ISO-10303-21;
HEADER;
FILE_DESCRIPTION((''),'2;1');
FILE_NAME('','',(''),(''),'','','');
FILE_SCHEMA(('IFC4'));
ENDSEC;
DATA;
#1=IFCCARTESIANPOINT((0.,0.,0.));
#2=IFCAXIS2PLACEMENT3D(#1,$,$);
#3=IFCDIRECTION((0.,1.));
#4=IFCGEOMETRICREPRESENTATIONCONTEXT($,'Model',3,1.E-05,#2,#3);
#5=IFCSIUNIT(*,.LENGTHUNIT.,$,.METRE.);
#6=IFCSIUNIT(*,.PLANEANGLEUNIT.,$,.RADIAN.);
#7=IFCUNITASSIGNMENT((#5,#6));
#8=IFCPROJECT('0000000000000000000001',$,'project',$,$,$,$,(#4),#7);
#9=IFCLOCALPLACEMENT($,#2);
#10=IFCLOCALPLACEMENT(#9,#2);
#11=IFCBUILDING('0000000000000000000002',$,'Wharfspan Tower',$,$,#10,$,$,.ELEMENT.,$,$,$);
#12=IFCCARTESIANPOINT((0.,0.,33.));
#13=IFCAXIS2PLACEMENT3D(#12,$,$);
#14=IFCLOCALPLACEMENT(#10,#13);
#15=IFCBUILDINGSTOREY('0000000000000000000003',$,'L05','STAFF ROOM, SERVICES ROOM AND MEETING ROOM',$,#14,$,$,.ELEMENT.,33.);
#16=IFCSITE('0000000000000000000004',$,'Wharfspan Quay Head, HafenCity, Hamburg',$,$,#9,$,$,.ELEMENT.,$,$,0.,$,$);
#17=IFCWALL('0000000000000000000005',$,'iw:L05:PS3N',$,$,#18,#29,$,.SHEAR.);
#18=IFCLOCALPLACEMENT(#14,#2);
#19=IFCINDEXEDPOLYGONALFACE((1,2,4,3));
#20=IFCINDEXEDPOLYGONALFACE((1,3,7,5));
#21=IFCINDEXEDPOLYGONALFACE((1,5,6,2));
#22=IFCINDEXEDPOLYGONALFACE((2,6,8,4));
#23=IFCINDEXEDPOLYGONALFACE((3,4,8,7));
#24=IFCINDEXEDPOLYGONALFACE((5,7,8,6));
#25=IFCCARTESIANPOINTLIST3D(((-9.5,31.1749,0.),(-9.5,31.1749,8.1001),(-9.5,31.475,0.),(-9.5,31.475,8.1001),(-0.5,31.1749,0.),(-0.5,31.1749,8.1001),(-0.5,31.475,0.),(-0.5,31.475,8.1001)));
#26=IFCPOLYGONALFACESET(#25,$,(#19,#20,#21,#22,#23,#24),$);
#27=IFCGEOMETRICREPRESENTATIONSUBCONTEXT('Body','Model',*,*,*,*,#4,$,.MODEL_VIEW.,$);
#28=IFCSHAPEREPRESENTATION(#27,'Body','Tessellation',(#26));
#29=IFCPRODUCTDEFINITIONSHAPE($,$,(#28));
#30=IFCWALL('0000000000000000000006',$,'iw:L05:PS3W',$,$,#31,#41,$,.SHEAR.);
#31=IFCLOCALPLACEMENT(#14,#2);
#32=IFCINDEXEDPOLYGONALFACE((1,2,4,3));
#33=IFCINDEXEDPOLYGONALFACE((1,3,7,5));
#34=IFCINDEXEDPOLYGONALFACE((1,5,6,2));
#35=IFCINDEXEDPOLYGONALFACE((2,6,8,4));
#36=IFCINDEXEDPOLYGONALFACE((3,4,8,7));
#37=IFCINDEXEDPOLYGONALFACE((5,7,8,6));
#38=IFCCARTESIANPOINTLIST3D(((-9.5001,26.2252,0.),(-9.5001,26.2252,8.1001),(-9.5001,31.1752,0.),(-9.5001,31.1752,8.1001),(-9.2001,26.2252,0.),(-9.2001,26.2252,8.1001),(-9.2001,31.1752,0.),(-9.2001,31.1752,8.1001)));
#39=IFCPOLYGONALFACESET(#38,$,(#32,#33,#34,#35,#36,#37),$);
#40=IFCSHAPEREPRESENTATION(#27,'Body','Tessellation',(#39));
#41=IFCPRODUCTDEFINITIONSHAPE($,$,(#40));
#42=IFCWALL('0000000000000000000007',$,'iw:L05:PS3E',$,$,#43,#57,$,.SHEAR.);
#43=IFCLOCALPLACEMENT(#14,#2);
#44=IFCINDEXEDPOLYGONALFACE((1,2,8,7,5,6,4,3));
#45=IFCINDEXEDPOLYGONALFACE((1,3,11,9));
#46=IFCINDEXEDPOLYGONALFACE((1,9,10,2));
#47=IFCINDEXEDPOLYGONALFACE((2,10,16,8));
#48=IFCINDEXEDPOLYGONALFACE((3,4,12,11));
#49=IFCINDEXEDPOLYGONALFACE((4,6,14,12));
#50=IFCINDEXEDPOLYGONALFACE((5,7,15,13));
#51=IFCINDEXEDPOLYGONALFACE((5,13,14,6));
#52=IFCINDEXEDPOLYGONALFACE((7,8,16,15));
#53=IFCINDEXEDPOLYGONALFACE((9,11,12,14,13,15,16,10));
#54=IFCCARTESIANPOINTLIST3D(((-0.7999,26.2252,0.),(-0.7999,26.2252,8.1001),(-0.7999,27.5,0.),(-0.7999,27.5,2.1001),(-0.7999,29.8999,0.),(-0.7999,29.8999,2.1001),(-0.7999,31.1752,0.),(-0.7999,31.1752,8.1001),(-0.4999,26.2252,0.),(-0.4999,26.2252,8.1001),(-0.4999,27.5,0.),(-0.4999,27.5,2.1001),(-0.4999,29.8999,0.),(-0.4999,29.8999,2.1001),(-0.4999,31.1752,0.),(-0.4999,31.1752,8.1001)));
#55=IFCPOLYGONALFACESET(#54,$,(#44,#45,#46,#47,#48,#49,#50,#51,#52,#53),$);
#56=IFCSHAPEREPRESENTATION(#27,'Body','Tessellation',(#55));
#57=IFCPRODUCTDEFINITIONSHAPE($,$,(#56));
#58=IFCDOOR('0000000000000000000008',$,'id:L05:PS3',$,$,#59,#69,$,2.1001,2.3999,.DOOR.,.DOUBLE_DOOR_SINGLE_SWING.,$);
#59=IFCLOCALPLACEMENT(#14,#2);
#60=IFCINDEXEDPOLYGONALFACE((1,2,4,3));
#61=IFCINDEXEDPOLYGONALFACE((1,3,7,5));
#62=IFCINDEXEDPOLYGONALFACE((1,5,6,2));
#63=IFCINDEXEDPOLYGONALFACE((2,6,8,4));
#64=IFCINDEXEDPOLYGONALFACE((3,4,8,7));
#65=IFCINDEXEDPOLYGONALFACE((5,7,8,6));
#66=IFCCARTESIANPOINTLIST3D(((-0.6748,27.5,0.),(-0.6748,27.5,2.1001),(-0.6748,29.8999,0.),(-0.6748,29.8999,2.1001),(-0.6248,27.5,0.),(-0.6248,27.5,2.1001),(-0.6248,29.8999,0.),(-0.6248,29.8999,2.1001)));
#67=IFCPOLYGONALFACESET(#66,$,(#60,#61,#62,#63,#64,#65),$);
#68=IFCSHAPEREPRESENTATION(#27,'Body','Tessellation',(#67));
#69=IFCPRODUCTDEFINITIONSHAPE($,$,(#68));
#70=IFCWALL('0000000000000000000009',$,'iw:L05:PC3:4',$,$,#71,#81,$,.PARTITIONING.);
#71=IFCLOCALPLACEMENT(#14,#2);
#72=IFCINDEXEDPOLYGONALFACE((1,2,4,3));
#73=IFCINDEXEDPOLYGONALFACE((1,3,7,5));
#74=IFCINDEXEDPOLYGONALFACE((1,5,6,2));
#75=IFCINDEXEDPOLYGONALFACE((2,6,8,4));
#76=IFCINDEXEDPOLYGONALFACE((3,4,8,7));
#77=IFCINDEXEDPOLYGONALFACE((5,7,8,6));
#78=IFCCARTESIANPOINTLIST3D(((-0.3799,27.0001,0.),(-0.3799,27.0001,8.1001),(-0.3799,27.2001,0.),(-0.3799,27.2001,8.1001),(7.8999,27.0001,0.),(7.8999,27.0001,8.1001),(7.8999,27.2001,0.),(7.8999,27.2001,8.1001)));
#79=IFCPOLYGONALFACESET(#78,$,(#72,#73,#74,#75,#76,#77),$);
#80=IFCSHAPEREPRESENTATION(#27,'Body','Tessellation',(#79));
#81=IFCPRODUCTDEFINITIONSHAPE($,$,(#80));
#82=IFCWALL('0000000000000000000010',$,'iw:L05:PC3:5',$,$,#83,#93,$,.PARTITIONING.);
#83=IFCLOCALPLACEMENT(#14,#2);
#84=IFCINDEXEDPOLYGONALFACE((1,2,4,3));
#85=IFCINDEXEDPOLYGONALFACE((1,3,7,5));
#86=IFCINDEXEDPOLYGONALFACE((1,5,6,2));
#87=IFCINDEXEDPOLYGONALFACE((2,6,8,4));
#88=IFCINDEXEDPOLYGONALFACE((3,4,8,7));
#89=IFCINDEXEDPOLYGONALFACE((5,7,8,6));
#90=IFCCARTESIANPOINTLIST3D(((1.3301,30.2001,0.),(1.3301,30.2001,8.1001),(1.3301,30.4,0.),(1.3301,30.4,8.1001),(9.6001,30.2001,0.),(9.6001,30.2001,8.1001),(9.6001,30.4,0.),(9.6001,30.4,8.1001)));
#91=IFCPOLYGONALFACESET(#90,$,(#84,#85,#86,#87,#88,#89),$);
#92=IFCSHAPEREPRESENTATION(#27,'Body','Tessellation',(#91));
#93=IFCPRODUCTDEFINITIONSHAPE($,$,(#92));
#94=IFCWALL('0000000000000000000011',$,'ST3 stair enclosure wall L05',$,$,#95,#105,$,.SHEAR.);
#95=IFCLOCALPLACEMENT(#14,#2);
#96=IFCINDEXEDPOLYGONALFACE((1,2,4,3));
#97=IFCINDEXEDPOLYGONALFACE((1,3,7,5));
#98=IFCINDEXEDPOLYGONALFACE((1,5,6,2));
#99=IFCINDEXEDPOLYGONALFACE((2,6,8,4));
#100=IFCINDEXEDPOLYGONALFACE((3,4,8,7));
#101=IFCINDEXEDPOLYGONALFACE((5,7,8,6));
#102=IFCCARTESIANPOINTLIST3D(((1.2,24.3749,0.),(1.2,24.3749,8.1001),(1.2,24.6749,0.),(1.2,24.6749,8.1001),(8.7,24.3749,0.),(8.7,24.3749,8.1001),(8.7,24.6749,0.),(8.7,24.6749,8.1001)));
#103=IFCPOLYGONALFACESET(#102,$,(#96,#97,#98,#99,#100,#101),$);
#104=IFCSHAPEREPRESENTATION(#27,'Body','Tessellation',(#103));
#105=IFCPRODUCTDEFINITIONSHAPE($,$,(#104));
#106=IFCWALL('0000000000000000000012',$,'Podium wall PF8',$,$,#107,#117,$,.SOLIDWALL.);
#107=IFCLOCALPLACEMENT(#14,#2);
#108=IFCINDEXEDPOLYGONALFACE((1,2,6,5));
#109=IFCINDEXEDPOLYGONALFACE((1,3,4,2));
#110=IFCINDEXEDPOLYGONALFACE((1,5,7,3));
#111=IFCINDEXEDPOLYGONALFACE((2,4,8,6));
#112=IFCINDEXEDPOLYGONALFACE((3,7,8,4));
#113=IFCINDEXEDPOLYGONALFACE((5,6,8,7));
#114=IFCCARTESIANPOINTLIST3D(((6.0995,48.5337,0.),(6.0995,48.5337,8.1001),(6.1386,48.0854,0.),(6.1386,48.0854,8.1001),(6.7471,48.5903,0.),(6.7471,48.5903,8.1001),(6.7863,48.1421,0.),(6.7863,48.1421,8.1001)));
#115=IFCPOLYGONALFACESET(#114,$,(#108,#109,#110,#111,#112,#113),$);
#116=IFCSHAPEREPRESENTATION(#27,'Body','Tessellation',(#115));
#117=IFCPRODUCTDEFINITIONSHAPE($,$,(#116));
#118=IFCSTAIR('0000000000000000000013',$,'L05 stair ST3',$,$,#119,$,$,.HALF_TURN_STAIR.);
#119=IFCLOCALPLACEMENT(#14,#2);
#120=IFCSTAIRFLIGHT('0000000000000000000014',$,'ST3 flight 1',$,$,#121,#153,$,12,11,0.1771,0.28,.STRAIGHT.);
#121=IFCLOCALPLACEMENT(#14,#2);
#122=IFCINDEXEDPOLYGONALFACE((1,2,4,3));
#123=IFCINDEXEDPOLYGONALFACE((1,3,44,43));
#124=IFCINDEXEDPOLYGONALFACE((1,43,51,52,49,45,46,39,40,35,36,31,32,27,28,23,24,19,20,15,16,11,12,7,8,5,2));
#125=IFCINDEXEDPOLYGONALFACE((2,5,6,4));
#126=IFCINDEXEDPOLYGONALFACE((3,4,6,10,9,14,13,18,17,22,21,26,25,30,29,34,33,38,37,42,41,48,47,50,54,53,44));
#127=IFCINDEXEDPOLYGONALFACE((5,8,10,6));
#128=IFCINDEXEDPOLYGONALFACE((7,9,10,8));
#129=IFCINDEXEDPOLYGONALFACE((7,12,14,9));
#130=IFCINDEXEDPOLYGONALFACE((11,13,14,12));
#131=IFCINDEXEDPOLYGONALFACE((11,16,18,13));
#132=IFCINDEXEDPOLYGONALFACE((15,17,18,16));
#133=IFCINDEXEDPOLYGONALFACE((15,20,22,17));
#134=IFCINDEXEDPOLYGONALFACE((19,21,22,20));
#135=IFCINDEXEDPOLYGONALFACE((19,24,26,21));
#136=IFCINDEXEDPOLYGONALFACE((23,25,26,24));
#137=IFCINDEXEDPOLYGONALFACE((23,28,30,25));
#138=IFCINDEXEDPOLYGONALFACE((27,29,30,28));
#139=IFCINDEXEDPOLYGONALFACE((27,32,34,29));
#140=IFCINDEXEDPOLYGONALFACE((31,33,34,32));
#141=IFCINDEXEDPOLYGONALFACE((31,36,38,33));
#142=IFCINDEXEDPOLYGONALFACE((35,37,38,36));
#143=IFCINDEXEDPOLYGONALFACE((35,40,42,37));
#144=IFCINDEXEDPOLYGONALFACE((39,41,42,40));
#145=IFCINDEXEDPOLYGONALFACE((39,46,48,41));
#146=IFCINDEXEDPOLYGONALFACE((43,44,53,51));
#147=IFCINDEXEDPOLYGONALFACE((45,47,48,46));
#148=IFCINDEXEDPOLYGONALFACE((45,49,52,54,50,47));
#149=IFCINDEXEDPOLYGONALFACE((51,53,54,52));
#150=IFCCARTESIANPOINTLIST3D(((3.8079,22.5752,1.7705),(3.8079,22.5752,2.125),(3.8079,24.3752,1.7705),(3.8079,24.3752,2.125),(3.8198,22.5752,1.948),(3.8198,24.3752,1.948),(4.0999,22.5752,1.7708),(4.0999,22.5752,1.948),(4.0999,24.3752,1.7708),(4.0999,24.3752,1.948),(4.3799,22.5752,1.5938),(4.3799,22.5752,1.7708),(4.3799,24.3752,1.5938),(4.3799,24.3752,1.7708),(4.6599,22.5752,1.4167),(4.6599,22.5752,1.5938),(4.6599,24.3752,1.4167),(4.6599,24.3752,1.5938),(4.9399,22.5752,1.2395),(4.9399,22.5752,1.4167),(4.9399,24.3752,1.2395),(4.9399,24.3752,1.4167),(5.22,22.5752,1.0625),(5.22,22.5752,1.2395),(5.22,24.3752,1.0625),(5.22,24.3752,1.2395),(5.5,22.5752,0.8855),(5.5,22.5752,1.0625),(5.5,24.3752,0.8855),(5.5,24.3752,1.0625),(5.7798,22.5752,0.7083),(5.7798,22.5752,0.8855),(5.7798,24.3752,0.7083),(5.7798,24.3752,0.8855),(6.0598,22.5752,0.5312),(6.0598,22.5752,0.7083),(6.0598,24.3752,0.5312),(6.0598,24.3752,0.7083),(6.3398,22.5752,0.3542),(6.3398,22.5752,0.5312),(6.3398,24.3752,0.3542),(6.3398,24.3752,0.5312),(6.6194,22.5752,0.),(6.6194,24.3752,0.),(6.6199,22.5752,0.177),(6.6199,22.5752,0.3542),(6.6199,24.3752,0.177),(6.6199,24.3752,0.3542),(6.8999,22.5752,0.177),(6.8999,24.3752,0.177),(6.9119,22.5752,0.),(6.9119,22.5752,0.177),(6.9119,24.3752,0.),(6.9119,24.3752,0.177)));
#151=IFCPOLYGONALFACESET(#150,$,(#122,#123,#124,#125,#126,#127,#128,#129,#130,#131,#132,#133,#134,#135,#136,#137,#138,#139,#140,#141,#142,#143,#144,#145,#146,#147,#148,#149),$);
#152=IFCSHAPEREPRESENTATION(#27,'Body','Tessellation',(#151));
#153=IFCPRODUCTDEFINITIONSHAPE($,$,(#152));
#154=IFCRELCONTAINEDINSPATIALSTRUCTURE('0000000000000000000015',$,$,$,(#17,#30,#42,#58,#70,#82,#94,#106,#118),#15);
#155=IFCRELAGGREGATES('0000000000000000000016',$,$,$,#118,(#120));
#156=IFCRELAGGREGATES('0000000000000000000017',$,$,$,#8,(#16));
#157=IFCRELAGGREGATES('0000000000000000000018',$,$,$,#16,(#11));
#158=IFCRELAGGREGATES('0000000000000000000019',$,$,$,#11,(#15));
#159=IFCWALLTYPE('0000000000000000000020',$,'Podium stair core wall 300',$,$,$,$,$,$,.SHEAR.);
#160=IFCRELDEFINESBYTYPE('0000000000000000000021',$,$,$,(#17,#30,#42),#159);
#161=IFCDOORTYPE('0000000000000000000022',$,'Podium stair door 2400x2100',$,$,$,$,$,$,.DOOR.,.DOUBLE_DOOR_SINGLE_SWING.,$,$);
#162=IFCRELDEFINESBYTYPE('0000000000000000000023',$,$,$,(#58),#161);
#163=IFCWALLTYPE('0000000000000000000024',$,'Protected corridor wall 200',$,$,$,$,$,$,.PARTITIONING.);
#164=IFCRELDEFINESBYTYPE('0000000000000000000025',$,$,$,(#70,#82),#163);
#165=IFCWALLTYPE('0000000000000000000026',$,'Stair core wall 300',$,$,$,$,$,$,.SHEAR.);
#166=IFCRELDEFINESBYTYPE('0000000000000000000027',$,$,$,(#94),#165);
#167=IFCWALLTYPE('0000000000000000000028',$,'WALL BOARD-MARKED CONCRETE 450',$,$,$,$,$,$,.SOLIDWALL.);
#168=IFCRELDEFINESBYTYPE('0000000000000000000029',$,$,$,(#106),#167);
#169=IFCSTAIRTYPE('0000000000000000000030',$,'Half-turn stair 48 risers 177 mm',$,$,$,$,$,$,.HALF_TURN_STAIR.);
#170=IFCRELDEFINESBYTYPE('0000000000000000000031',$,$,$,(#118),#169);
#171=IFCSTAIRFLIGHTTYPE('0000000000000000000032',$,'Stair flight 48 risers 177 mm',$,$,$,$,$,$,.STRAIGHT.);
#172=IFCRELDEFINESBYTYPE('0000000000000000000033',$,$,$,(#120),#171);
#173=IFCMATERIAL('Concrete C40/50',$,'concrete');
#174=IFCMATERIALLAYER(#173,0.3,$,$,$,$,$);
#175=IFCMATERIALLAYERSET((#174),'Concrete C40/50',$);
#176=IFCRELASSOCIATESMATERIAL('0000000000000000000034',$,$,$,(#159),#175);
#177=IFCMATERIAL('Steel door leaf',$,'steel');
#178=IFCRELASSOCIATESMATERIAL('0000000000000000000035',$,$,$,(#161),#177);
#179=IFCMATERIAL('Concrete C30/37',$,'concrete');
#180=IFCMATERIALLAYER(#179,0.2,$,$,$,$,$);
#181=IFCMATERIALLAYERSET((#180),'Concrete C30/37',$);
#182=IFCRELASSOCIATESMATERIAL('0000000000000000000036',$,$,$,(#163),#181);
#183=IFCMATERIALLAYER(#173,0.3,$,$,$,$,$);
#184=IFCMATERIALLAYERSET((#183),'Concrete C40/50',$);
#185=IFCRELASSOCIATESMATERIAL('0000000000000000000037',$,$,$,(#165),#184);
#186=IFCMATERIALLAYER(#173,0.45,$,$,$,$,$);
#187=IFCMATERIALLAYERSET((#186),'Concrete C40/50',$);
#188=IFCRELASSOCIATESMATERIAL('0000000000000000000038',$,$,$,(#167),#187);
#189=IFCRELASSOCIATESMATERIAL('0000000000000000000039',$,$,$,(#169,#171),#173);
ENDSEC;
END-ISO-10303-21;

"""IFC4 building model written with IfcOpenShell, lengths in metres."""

from ifc_helpers import new_model, si_unit, direction, frame, frame_2d, origin, place, context, subcontext, project, spatial, polyline, rectangle, outline, extrude, material, layer, layer_set, type_object, element, fill, aggregate, save


model = new_model("IFC4")

# Units and contexts
model_context = context("Model", 3, precision=1e-05, world=origin(), true_north=direction((0.0, 1.0)))
body_context = subcontext(model_context, "Body", "Model", "MODEL_VIEW")
ifc_project = project(units=[si_unit("LENGTHUNIT", "METRE"), si_unit("PLANEANGLEUNIT", "RADIAN")], contexts=[model_context])

# Site, building, storey
site_placement = place(None, origin())
site = spatial("IfcSite", under=ifc_project, at=site_placement, Name="Wharfspan Quay Head, HafenCity, Hamburg", CompositionType="ELEMENT", RefElevation=0.0)
building_placement = place(site_placement, origin())
building = spatial("IfcBuilding", under=site, at=building_placement, Name="Wharfspan Tower", CompositionType="ELEMENT")
storey_placement = place(building_placement, frame((0.0, 0.0, 33.0)))
storey = spatial("IfcBuildingStorey", under=building, at=storey_placement, Name="L05", Description="STAFF ROOM, SERVICES ROOM AND MEETING ROOM", CompositionType="ELEMENT", Elevation=33.0)

# Walls
ifc_material_1 = material(Name="Concrete C40/50", Category="concrete")
ifc_layer_1 = layer(ifc_material_1, 0.3)
ifc_layer_set_1 = layer_set([ifc_layer_1], Name="Concrete C40/50")
wall_type_1 = type_object("IfcWallType", Name="Podium stair core wall 300", PredefinedType="SHEAR", material=ifc_layer_set_1)
for number, where, z_axis, x_axis, name in (
    (1, (-9.5, 31.325, 0.0), (0.0, 0.0, 1.0), (1.0, 0.0, 0.0), "iw:L05:PS3N"),
):
    element("IfcWall", number, at=place(storey_placement, frame(where, z_axis=z_axis, x_axis=x_axis)), inside=storey, type_object=wall_type_1, Name=name, PredefinedType="SHEAR", context=body_context, shape_type="SweptSolid", body=[
        extrude(rectangle(XDim=9.0, YDim=0.3, at=frame_2d((4.5, 0.0))), origin(), (0.0, 0.0, 1.0), 8.1001),
    ])
wall_1_placement = place(storey_placement, frame((-9.3501, 26.2251, 0.0), z_axis=(0.0, 0.0, 1.0), x_axis=(0.0, 1.0, 0.0)))
element("IfcWall", 2, at=wall_1_placement, inside=storey, type_object=wall_type_1, Name="iw:L05:PS3W", PredefinedType="SHEAR", context=body_context, shape_type="SweptSolid", body=[
    extrude(rectangle(XDim=4.95, YDim=0.3, at=frame_2d((2.4751, 0.0))), origin(), (0.0, 0.0, 1.0), 8.1001),
])

# Wall, opening, door
wall_2_placement = place(storey_placement, frame((-0.6499, 26.2251, 0.0), z_axis=(0.0, 0.0, 1.0), x_axis=(0.0, 1.0, 0.0)))
wall_2 = element("IfcWall", 3, at=wall_2_placement, inside=storey, type_object=wall_type_1, Name="iw:L05:PS3E", PredefinedType="SHEAR", context=body_context, shape_type="SweptSolid", body=[
    extrude(rectangle(XDim=4.95, YDim=0.3, at=frame_2d((2.4751, 0.0))), origin(), (0.0, 0.0, 1.0), 8.1001),
])
opening_placement = place(wall_2_placement, frame((1.2749, 0.0, 0.0)))
opening = element("IfcOpeningElement", 4, at=opening_placement, cuts=wall_2, PredefinedType="OPENING", context=body_context, shape_type="SweptSolid", body=[
    extrude(rectangle(XDim=2.3999, YDim=2.1001, at=frame_2d((1.2, 1.05))), frame((0.0, 0.1599, 0.0), z_axis=(0.0, -1.0, 0.0), x_axis=(1.0, 0.0, 0.0)), (0.0, 0.0, 1.0), 0.3201),
])
ifc_material_2 = material(Name="Steel door leaf", Category="steel")
door_type = type_object("IfcDoorType", Name="Podium stair door 2400x2100", OperationType="DOUBLE_DOOR_SINGLE_SWING", PredefinedType="DOOR", material=ifc_material_2)
door_placement = place(opening_placement, origin())
door = element("IfcDoor", 5, at=door_placement, inside=storey, type_object=door_type, Name="id:L05:PS3", OperationType="DOUBLE_DOOR_SINGLE_SWING", OverallHeight=2.1001, OverallWidth=2.3999, PredefinedType="DOOR", context=body_context, shape_type="SweptSolid", body=[
    extrude(rectangle(XDim=2.3999, YDim=2.1001, at=frame_2d((1.2, 1.05))), frame((0.0, 0.0249, 0.0), z_axis=(0.0, -1.0, 0.0), x_axis=(1.0, 0.0, 0.0)), (0.0, 0.0, 1.0), 0.05),
])
fill(opening, door)

# Walls
ifc_material_3 = material(Name="Concrete C30/37", Category="concrete")
ifc_layer_2 = layer(ifc_material_3, 0.2)
ifc_layer_set_2 = layer_set([ifc_layer_2], Name="Concrete C30/37")
wall_type_2 = type_object("IfcWallType", Name="Protected corridor wall 200", PredefinedType="PARTITIONING", material=ifc_layer_set_2)
wall_3_placement = place(storey_placement, frame((-0.3799, 27.1001, 0.0), z_axis=(0.0, 0.0, 1.0), x_axis=(1.0, 0.0, 0.0)))
element("IfcWall", 6, at=wall_3_placement, inside=storey, type_object=wall_type_2, Name="iw:L05:PC3:4", PredefinedType="PARTITIONING", context=body_context, shape_type="SweptSolid", body=[
    extrude(rectangle(XDim=8.2798, YDim=0.2, at=frame_2d((4.1399, 0.0))), origin(), (0.0, 0.0, 1.0), 8.1001),
])
wall_4_placement = place(storey_placement, frame((1.3301, 30.3, 0.0), z_axis=(0.0, 0.0, 1.0), x_axis=(1.0, 0.0, 0.0)))
element("IfcWall", 7, at=wall_4_placement, inside=storey, type_object=wall_type_2, Name="iw:L05:PC3:5", PredefinedType="PARTITIONING", context=body_context, shape_type="SweptSolid", body=[
    extrude(rectangle(XDim=8.27, YDim=0.2, at=frame_2d((4.135, 0.0))), origin(), (0.0, 0.0, 1.0), 8.1001),
])
ifc_layer_3 = layer(ifc_material_1, 0.3)
ifc_layer_set_3 = layer_set([ifc_layer_3], Name="Concrete C40/50")
wall_type_3 = type_object("IfcWallType", Name="Stair core wall 300", PredefinedType="SHEAR", material=ifc_layer_set_3)
wall_5_placement = place(storey_placement, frame((1.2, 24.5249, 0.0), z_axis=(0.0, 0.0, 1.0), x_axis=(1.0, 0.0, 0.0)))
element("IfcWall", 8, at=wall_5_placement, inside=storey, type_object=wall_type_3, Name="ST3 stair enclosure wall L05", PredefinedType="SHEAR", context=body_context, shape_type="SweptSolid", body=[
    extrude(rectangle(XDim=7.5, YDim=0.3, at=frame_2d((3.75, 0.0))), origin(), (0.0, 0.0, 1.0), 8.1001),
])
ifc_layer_4 = layer(ifc_material_1, 0.45)
ifc_layer_set_4 = layer_set([ifc_layer_4], Name="Concrete C40/50")
wall_type_4 = type_object("IfcWallType", Name="WALL BOARD-MARKED CONCRETE 450", PredefinedType="SOLIDWALL", material=ifc_layer_set_4)
wall_6_placement = place(storey_placement, frame((6.7668, 48.3662, 0.0), z_axis=(0.0, 0.0, 1.0), x_axis=(-0.996201, -0.087116, 0.0)))
element("IfcWall", 9, at=wall_6_placement, inside=storey, type_object=wall_type_4, Name="Podium wall PF8", PredefinedType="SOLIDWALL", context=body_context, shape_type="SweptSolid", body=[
    extrude(rectangle(XDim=0.6501, YDim=0.45, at=frame_2d((0.3252, 0.0))), origin(), (0.0, 0.0, 1.0), 8.1001),
])

# Stair, stair flight
stair_type = type_object("IfcStairType", Name="Half-turn stair 48 risers 177 mm", PredefinedType="HALF_TURN_STAIR", material=ifc_material_1)
stair_placement = place(storey_placement, origin())
stair = element("IfcStair", 10, at=stair_placement, inside=storey, type_object=stair_type, Name="L05 stair ST3", PredefinedType="HALF_TURN_STAIR")
stair_flight_type = type_object("IfcStairFlightType", Name="Stair flight 48 risers 177 mm", PredefinedType="STRAIGHT", material=ifc_material_1)
stair_flight_1_placement = place(storey_placement, frame((6.8999, 23.4751, 0.0), z_axis=(0.0, 0.0, 1.0), x_axis=(-1.0, 0.0, 0.0)))
stair_flight_1 = element("IfcStairFlight", 11, at=stair_flight_1_placement, type_object=stair_flight_type, Name="ST3 flight 1", NumberOfRisers=12, NumberOfTreads=11, PredefinedType="STRAIGHT", RiserHeight=0.1771, TreadLength=0.28, context=body_context, shape_type="SweptSolid", body=[
    extrude(outline(polyline([(-0.012, 0.0), (-0.012, 0.177), (0.0, 0.177), (0.28, 0.177), (0.28, 0.3542), (0.5601, 0.3542), (0.5601, 0.5312), (0.8401, 0.5312), (0.8401, 0.7083), (1.1201, 0.7083), (1.1201, 0.8855), (1.3999, 0.8855), (1.3999, 1.0625), (1.6799, 1.0625), (1.6799, 1.2395), (1.96, 1.2395), (1.96, 1.4167), (2.24, 1.4167), (2.24, 1.5938), (2.52, 1.5938), (2.52, 1.7708), (2.8, 1.7708), (2.8, 1.948), (3.0801, 1.948), (3.092, 2.125), (3.092, 1.7705), (0.2805, 0.0), (-0.012, 0.0)])), frame((0.0, 0.8999, 0.0), z_axis=(0.0, -1.0, 0.0), x_axis=(1.0, 0.0, 0.0)), (0.0, 0.0, 1.0), 1.8),
])
aggregate(stair, [stair_flight_1])

save(model, "model.ifc")
